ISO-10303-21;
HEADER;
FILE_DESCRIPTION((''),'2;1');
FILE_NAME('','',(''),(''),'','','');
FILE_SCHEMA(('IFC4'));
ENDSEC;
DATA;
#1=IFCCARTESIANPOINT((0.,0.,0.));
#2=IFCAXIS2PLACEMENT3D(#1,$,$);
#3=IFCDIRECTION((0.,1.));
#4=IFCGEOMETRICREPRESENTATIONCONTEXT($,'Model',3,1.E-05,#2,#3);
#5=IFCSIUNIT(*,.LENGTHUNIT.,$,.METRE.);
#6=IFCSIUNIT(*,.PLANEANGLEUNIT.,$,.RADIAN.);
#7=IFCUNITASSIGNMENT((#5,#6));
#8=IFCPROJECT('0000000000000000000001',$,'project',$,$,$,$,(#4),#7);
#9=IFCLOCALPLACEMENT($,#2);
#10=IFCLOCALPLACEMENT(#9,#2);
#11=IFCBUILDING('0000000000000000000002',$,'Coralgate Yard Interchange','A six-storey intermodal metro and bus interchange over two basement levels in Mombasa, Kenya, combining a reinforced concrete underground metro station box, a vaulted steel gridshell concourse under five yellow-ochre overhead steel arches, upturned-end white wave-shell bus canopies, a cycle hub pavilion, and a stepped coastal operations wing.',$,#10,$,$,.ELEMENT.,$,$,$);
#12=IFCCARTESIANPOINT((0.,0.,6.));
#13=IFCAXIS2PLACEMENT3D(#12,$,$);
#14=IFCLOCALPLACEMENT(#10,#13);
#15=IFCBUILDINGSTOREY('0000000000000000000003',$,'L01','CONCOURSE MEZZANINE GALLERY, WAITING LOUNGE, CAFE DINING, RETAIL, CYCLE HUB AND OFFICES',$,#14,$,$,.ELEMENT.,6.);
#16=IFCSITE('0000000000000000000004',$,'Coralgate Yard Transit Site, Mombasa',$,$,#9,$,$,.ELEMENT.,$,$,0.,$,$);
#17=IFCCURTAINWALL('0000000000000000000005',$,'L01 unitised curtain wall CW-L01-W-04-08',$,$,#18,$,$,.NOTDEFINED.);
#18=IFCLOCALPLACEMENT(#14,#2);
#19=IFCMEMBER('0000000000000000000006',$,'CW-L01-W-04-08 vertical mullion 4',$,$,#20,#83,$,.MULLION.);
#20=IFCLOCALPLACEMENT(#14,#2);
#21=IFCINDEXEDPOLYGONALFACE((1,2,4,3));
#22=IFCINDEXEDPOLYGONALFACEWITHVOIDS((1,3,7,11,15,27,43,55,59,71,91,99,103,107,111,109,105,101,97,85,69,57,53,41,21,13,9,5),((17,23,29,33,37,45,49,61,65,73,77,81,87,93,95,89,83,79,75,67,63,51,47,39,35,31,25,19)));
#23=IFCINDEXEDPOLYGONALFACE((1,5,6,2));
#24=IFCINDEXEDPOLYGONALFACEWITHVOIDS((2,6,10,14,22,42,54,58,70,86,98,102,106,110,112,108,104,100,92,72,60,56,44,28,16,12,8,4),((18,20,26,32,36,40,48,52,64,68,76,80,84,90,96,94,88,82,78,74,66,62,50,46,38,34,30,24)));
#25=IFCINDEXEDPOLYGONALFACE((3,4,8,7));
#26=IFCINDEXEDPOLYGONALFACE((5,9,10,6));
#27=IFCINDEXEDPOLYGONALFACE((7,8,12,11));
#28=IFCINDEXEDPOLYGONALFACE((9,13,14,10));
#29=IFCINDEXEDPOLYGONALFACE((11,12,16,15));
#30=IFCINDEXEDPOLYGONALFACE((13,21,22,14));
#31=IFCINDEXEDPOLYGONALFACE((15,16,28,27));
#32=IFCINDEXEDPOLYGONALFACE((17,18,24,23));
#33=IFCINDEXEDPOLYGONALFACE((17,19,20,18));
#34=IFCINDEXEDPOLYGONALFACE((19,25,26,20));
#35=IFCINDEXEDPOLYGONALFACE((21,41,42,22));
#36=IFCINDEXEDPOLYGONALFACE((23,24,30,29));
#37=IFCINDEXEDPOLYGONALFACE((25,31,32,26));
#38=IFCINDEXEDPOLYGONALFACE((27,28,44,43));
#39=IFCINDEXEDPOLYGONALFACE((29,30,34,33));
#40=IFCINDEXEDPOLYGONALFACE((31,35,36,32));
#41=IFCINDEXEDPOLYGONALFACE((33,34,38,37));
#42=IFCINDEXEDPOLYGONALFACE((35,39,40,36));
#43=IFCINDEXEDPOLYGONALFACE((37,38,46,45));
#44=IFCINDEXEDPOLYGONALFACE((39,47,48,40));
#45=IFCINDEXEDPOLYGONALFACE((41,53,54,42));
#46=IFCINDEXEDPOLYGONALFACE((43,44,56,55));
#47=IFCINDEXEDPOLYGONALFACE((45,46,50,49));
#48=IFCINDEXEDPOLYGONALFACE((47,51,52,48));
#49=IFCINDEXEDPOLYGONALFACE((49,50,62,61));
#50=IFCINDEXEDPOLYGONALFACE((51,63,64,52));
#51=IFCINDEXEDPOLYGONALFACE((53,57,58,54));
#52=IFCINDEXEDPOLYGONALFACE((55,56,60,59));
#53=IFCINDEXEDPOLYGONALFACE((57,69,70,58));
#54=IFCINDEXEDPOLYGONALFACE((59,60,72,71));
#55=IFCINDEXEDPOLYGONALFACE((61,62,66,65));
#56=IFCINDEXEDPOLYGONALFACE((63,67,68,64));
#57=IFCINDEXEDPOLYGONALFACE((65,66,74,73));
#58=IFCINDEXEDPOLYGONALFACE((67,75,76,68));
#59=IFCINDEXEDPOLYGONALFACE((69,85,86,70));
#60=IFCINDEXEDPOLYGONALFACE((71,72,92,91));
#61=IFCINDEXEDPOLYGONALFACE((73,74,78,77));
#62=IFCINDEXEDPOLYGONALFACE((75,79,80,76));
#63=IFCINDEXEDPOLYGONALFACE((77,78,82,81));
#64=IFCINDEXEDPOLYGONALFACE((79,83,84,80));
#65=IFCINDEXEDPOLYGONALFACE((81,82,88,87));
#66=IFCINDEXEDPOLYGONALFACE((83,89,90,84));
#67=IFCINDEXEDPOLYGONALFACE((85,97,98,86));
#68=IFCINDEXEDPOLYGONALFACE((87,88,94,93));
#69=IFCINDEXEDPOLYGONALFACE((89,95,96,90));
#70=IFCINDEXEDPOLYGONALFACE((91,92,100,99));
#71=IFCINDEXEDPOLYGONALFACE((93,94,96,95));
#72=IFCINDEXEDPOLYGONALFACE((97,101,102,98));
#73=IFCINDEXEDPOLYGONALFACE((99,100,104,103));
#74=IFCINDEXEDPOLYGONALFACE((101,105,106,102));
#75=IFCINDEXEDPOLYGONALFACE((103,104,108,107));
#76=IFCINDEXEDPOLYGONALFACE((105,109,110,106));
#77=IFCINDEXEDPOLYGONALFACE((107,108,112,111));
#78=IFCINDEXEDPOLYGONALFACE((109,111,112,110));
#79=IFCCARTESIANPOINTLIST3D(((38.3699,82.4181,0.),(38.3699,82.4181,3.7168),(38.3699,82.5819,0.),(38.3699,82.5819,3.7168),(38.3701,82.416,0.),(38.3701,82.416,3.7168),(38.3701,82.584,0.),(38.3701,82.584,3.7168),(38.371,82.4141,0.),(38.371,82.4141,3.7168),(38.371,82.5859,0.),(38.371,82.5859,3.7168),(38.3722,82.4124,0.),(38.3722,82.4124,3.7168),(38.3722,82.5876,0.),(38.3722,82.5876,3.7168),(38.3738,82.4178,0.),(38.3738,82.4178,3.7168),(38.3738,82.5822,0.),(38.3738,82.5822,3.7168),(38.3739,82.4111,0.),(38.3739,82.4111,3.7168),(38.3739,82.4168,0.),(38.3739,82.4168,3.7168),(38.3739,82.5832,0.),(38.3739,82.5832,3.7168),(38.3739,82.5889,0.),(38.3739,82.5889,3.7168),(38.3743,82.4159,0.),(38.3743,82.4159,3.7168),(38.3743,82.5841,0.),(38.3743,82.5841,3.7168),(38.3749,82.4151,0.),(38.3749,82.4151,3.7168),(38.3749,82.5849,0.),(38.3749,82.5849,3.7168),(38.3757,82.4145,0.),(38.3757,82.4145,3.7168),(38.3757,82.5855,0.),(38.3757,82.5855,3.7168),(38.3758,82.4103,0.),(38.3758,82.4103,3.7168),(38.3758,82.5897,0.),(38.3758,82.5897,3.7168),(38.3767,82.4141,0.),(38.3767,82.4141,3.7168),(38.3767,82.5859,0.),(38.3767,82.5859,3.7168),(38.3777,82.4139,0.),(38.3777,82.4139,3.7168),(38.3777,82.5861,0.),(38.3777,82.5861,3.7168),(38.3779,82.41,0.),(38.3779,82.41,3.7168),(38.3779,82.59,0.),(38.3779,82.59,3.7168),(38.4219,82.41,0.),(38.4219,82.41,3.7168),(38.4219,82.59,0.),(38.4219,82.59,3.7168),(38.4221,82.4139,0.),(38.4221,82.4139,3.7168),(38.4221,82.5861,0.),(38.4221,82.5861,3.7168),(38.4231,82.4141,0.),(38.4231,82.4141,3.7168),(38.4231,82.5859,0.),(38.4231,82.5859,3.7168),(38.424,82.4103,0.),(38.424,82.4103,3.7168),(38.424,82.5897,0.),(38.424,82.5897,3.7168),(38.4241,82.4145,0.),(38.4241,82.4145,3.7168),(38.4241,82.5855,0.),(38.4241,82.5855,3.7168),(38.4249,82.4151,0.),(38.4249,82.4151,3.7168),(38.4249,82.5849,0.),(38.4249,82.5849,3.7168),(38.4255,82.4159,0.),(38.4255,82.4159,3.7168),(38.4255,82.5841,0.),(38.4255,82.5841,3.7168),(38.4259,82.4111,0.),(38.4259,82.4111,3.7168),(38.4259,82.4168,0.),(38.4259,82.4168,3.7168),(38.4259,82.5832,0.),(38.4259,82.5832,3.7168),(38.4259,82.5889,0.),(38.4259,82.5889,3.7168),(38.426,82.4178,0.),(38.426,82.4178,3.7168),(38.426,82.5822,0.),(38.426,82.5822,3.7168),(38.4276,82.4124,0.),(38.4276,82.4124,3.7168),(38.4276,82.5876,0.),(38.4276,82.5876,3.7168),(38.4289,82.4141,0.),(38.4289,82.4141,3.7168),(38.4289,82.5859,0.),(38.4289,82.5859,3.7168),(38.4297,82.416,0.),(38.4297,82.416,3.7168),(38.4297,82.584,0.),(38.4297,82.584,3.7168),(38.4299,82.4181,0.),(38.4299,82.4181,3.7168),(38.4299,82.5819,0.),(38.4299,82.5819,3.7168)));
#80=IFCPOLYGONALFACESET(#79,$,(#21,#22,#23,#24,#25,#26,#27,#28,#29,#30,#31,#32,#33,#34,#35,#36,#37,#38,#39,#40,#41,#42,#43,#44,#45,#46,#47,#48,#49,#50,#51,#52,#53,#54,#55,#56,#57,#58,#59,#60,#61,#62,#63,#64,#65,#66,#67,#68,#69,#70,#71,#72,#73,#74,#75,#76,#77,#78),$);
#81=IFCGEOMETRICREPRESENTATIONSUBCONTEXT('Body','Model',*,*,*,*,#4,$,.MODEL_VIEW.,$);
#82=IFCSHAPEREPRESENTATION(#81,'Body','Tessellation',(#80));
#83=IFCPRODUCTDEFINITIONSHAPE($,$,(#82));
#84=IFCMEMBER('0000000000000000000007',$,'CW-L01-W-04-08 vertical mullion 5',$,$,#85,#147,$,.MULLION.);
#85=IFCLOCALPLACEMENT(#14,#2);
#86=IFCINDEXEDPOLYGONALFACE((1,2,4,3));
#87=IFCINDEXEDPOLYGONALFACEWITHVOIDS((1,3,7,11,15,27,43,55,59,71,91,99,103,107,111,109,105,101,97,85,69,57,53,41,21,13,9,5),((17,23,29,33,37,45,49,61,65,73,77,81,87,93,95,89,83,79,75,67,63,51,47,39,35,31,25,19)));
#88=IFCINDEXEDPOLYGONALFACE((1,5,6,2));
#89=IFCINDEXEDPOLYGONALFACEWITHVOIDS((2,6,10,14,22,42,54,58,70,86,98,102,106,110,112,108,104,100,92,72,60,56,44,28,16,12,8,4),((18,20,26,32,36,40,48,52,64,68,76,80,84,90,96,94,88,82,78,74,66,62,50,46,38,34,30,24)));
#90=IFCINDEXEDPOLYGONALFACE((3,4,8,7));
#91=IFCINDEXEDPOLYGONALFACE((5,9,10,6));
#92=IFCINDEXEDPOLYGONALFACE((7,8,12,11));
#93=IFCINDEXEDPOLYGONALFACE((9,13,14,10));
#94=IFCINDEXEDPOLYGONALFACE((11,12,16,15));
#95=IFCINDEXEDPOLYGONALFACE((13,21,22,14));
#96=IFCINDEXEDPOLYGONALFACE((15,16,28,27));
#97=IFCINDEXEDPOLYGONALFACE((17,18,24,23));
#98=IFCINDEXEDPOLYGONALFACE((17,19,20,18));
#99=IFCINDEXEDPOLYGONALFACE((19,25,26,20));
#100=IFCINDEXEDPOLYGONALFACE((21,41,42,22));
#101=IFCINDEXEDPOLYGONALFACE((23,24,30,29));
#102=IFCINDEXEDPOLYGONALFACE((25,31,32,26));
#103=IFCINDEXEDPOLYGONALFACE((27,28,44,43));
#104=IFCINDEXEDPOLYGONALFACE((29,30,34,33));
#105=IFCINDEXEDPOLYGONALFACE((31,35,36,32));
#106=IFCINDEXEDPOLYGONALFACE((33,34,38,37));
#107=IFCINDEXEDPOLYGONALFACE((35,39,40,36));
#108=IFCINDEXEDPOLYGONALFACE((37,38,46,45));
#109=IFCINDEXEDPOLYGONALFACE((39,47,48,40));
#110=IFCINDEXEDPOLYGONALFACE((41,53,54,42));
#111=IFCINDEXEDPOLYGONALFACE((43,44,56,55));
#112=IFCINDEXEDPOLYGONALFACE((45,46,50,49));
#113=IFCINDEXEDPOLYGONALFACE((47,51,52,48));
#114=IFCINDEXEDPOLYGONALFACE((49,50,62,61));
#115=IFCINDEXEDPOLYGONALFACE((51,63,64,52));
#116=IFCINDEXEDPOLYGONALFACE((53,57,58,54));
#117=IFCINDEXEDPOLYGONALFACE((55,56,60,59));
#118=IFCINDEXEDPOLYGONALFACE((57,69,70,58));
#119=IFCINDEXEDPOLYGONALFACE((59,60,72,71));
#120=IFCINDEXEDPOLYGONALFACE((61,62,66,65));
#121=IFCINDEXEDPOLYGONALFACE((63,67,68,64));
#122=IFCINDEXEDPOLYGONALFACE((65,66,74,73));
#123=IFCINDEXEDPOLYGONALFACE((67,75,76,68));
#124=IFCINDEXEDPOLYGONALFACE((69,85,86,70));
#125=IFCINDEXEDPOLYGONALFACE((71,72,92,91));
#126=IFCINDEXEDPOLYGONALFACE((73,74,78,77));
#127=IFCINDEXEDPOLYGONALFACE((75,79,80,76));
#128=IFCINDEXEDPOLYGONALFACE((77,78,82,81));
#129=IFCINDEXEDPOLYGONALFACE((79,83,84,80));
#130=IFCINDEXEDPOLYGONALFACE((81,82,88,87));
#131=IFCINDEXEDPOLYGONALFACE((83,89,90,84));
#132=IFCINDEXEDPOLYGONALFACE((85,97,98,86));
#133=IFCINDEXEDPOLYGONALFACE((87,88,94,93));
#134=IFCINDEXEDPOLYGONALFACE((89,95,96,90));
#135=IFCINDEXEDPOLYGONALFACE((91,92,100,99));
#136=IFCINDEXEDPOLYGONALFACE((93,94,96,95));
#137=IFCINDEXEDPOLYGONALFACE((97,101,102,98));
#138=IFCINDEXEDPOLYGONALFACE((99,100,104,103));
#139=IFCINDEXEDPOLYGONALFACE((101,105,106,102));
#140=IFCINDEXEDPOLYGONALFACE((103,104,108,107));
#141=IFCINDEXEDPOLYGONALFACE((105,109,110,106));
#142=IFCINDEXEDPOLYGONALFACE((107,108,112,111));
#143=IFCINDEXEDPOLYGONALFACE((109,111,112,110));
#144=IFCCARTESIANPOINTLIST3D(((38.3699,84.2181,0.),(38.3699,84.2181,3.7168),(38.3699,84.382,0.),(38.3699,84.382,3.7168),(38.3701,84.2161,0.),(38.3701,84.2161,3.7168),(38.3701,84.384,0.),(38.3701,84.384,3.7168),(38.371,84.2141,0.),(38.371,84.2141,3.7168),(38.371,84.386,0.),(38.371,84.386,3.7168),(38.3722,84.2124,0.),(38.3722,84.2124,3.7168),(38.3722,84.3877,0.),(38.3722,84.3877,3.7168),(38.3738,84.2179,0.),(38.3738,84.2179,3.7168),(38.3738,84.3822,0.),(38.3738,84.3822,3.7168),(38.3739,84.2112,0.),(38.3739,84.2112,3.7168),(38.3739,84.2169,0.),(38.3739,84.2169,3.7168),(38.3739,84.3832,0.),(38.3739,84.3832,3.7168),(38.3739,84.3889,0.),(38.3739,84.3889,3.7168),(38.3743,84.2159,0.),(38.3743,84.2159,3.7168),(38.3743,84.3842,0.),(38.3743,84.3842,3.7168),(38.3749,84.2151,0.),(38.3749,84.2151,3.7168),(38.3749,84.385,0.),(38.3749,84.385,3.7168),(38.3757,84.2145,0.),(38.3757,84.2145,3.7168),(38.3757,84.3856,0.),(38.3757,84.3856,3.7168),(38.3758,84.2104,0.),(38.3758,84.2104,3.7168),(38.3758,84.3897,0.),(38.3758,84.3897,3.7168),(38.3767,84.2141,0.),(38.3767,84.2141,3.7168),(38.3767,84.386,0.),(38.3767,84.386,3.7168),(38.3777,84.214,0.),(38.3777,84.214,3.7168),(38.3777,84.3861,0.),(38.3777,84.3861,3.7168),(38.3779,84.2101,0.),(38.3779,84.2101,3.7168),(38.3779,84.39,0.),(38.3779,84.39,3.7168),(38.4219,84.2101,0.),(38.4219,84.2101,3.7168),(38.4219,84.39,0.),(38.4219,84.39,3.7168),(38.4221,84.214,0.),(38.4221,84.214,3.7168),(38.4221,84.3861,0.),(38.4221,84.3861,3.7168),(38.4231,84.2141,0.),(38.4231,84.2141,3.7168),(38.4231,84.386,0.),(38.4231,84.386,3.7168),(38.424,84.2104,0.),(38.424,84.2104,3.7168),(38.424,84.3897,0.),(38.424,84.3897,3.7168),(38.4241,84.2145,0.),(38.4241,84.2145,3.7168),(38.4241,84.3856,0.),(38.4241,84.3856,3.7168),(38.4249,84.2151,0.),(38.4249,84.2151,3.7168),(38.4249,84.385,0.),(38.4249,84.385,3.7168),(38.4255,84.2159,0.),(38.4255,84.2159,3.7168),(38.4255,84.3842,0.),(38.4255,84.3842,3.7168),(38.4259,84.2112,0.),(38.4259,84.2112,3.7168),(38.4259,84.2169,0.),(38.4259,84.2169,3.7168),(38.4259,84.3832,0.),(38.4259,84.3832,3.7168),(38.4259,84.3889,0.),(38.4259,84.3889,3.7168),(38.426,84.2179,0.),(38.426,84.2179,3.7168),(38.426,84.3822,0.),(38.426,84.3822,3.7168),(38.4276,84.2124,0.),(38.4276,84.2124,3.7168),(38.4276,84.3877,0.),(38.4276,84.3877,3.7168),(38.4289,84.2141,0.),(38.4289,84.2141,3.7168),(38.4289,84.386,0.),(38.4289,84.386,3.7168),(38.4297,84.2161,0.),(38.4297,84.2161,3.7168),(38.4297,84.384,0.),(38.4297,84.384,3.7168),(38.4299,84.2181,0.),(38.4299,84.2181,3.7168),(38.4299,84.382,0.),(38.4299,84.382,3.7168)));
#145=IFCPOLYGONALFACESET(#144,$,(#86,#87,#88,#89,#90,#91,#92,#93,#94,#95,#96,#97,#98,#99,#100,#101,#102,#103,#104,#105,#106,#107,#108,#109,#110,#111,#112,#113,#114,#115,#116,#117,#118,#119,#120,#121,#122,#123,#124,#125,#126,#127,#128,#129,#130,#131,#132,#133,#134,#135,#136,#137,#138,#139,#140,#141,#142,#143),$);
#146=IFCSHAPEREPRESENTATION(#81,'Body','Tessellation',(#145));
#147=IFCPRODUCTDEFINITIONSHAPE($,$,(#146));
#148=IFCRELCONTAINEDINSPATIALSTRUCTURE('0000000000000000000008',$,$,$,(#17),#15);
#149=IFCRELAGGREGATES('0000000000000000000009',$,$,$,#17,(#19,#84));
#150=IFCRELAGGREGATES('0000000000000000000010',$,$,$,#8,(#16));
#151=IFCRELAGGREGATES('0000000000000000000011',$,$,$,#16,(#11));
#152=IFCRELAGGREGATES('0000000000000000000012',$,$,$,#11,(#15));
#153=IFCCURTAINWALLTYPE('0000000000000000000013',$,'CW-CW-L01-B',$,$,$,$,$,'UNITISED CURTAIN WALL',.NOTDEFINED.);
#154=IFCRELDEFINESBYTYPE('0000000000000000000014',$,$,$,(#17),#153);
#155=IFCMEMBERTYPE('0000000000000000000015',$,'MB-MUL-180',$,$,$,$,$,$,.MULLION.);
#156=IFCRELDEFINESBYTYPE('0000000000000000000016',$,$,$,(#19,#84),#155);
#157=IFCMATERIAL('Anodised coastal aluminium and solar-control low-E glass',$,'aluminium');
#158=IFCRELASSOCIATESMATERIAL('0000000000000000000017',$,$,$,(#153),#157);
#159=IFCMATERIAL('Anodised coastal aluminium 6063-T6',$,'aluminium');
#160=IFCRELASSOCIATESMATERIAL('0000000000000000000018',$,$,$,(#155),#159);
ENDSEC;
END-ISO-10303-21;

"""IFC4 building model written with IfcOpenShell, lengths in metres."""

from ifc_helpers import new_model, si_unit, direction, frame, origin, origin_2d, place, context, subcontext, project, spatial, hollow_rectangle, extrude, material, material_profile, profile_set, type_object, element, aggregate, save


model = new_model("IFC4")

# Units and contexts
model_context = context("Model", 3, precision=1e-05, world=origin(), true_north=direction((0.0, 1.0)))
body_context = subcontext(model_context, "Body", "Model", "MODEL_VIEW")
ifc_project = project(units=[si_unit("LENGTHUNIT", "METRE"), si_unit("PLANEANGLEUNIT", "RADIAN")], contexts=[model_context])

# Site, building, storey
site_placement = place(None, origin())
site = spatial("IfcSite", under=ifc_project, at=site_placement, Name="Coralgate Yard Transit Site, Mombasa", CompositionType="ELEMENT", RefElevation=0.0)
building_placement = place(site_placement, origin())
building = spatial("IfcBuilding", under=site, at=building_placement, Name="Coralgate Yard Interchange", Description="A six-storey intermodal metro and bus interchange over two basement levels in Mombasa, Kenya, combining a reinforced concrete underground metro station box, a vaulted steel gridshell concourse under five yellow-ochre overhead steel arches, upturned-end white wave-shell bus canopies, a cycle hub pavilion, and a stepped coastal operations wing.", CompositionType="ELEMENT")
storey_placement = place(building_placement, frame((0.0, 0.0, 6.0)))
storey = spatial("IfcBuildingStorey", under=building, at=storey_placement, Name="L01", Description="CONCOURSE MEZZANINE GALLERY, WAITING LOUNGE, CAFE DINING, RETAIL, CYCLE HUB AND OFFICES", CompositionType="ELEMENT", Elevation=6.0)

# Curtain wall, members
ifc_material_1 = material(Name="Anodised coastal aluminium and solar-control low-E glass", Category="aluminium")
curtain_wall_type = type_object("IfcCurtainWallType", Name="CW-CW-L01-B", ElementType="UNITISED CURTAIN WALL", PredefinedType="NOTDEFINED", material=ifc_material_1)
curtain_wall_placement = place(storey_placement, origin())
curtain_wall = element("IfcCurtainWall", 1, at=curtain_wall_placement, inside=storey, type_object=curtain_wall_type, Name="L01 unitised curtain wall CW-L01-W-04-08", PredefinedType="NOTDEFINED")
ifc_material_2 = material(Name="Anodised coastal aluminium 6063-T6", Category="aluminium")
ifc_material_profile_1 = material_profile(ifc_material_2, hollow_rectangle(XDim=0.0601, YDim=0.1799, WallThickness=0.0039, InnerFilletRadius=0.0039, OuterFilletRadius=0.0081, at=origin_2d()), Name="ALU 60x180x4")
ifc_profile_set_1 = profile_set([ifc_material_profile_1], Name="Anodised coastal aluminium 6063-T6")
member_type_1 = type_object("IfcMemberType", Name="MB-MUL-180", PredefinedType="MULLION", material=ifc_profile_set_1)
member_1_placement = place(storey_placement, frame((38.3999, 82.5, 0.0), z_axis=(0.0, 0.0, 1.0), x_axis=(1.0, 0.0, 0.0)))
member_1 = element("IfcMember", 2, at=member_1_placement, type_object=member_type_1, Name="CW-L01-W-04-08 vertical mullion 4", PredefinedType="MULLION", context=body_context, shape_type="SweptSolid", body=[
    extrude(hollow_rectangle(XDim=0.0601, YDim=0.1799, WallThickness=0.0039, InnerFilletRadius=0.0039, OuterFilletRadius=0.0081, at=origin_2d()), origin(), (0.0, 0.0, 1.0), 3.7168),
])
member_2_placement = place(storey_placement, frame((38.3999, 84.3, 0.0), z_axis=(0.0, 0.0, 1.0), x_axis=(1.0, 0.0, 0.0)))
member_2 = element("IfcMember", 3, at=member_2_placement, type_object=member_type_1, Name="CW-L01-W-04-08 vertical mullion 5", PredefinedType="MULLION", context=body_context, shape_type="SweptSolid", body=[
    extrude(hollow_rectangle(XDim=0.0601, YDim=0.1799, WallThickness=0.0039, InnerFilletRadius=0.0039, OuterFilletRadius=0.0081, at=origin_2d()), origin(), (0.0, 0.0, 1.0), 3.7168),
])
aggregate(curtain_wall, [member_1, member_2])

save(model, "model.ifc")
